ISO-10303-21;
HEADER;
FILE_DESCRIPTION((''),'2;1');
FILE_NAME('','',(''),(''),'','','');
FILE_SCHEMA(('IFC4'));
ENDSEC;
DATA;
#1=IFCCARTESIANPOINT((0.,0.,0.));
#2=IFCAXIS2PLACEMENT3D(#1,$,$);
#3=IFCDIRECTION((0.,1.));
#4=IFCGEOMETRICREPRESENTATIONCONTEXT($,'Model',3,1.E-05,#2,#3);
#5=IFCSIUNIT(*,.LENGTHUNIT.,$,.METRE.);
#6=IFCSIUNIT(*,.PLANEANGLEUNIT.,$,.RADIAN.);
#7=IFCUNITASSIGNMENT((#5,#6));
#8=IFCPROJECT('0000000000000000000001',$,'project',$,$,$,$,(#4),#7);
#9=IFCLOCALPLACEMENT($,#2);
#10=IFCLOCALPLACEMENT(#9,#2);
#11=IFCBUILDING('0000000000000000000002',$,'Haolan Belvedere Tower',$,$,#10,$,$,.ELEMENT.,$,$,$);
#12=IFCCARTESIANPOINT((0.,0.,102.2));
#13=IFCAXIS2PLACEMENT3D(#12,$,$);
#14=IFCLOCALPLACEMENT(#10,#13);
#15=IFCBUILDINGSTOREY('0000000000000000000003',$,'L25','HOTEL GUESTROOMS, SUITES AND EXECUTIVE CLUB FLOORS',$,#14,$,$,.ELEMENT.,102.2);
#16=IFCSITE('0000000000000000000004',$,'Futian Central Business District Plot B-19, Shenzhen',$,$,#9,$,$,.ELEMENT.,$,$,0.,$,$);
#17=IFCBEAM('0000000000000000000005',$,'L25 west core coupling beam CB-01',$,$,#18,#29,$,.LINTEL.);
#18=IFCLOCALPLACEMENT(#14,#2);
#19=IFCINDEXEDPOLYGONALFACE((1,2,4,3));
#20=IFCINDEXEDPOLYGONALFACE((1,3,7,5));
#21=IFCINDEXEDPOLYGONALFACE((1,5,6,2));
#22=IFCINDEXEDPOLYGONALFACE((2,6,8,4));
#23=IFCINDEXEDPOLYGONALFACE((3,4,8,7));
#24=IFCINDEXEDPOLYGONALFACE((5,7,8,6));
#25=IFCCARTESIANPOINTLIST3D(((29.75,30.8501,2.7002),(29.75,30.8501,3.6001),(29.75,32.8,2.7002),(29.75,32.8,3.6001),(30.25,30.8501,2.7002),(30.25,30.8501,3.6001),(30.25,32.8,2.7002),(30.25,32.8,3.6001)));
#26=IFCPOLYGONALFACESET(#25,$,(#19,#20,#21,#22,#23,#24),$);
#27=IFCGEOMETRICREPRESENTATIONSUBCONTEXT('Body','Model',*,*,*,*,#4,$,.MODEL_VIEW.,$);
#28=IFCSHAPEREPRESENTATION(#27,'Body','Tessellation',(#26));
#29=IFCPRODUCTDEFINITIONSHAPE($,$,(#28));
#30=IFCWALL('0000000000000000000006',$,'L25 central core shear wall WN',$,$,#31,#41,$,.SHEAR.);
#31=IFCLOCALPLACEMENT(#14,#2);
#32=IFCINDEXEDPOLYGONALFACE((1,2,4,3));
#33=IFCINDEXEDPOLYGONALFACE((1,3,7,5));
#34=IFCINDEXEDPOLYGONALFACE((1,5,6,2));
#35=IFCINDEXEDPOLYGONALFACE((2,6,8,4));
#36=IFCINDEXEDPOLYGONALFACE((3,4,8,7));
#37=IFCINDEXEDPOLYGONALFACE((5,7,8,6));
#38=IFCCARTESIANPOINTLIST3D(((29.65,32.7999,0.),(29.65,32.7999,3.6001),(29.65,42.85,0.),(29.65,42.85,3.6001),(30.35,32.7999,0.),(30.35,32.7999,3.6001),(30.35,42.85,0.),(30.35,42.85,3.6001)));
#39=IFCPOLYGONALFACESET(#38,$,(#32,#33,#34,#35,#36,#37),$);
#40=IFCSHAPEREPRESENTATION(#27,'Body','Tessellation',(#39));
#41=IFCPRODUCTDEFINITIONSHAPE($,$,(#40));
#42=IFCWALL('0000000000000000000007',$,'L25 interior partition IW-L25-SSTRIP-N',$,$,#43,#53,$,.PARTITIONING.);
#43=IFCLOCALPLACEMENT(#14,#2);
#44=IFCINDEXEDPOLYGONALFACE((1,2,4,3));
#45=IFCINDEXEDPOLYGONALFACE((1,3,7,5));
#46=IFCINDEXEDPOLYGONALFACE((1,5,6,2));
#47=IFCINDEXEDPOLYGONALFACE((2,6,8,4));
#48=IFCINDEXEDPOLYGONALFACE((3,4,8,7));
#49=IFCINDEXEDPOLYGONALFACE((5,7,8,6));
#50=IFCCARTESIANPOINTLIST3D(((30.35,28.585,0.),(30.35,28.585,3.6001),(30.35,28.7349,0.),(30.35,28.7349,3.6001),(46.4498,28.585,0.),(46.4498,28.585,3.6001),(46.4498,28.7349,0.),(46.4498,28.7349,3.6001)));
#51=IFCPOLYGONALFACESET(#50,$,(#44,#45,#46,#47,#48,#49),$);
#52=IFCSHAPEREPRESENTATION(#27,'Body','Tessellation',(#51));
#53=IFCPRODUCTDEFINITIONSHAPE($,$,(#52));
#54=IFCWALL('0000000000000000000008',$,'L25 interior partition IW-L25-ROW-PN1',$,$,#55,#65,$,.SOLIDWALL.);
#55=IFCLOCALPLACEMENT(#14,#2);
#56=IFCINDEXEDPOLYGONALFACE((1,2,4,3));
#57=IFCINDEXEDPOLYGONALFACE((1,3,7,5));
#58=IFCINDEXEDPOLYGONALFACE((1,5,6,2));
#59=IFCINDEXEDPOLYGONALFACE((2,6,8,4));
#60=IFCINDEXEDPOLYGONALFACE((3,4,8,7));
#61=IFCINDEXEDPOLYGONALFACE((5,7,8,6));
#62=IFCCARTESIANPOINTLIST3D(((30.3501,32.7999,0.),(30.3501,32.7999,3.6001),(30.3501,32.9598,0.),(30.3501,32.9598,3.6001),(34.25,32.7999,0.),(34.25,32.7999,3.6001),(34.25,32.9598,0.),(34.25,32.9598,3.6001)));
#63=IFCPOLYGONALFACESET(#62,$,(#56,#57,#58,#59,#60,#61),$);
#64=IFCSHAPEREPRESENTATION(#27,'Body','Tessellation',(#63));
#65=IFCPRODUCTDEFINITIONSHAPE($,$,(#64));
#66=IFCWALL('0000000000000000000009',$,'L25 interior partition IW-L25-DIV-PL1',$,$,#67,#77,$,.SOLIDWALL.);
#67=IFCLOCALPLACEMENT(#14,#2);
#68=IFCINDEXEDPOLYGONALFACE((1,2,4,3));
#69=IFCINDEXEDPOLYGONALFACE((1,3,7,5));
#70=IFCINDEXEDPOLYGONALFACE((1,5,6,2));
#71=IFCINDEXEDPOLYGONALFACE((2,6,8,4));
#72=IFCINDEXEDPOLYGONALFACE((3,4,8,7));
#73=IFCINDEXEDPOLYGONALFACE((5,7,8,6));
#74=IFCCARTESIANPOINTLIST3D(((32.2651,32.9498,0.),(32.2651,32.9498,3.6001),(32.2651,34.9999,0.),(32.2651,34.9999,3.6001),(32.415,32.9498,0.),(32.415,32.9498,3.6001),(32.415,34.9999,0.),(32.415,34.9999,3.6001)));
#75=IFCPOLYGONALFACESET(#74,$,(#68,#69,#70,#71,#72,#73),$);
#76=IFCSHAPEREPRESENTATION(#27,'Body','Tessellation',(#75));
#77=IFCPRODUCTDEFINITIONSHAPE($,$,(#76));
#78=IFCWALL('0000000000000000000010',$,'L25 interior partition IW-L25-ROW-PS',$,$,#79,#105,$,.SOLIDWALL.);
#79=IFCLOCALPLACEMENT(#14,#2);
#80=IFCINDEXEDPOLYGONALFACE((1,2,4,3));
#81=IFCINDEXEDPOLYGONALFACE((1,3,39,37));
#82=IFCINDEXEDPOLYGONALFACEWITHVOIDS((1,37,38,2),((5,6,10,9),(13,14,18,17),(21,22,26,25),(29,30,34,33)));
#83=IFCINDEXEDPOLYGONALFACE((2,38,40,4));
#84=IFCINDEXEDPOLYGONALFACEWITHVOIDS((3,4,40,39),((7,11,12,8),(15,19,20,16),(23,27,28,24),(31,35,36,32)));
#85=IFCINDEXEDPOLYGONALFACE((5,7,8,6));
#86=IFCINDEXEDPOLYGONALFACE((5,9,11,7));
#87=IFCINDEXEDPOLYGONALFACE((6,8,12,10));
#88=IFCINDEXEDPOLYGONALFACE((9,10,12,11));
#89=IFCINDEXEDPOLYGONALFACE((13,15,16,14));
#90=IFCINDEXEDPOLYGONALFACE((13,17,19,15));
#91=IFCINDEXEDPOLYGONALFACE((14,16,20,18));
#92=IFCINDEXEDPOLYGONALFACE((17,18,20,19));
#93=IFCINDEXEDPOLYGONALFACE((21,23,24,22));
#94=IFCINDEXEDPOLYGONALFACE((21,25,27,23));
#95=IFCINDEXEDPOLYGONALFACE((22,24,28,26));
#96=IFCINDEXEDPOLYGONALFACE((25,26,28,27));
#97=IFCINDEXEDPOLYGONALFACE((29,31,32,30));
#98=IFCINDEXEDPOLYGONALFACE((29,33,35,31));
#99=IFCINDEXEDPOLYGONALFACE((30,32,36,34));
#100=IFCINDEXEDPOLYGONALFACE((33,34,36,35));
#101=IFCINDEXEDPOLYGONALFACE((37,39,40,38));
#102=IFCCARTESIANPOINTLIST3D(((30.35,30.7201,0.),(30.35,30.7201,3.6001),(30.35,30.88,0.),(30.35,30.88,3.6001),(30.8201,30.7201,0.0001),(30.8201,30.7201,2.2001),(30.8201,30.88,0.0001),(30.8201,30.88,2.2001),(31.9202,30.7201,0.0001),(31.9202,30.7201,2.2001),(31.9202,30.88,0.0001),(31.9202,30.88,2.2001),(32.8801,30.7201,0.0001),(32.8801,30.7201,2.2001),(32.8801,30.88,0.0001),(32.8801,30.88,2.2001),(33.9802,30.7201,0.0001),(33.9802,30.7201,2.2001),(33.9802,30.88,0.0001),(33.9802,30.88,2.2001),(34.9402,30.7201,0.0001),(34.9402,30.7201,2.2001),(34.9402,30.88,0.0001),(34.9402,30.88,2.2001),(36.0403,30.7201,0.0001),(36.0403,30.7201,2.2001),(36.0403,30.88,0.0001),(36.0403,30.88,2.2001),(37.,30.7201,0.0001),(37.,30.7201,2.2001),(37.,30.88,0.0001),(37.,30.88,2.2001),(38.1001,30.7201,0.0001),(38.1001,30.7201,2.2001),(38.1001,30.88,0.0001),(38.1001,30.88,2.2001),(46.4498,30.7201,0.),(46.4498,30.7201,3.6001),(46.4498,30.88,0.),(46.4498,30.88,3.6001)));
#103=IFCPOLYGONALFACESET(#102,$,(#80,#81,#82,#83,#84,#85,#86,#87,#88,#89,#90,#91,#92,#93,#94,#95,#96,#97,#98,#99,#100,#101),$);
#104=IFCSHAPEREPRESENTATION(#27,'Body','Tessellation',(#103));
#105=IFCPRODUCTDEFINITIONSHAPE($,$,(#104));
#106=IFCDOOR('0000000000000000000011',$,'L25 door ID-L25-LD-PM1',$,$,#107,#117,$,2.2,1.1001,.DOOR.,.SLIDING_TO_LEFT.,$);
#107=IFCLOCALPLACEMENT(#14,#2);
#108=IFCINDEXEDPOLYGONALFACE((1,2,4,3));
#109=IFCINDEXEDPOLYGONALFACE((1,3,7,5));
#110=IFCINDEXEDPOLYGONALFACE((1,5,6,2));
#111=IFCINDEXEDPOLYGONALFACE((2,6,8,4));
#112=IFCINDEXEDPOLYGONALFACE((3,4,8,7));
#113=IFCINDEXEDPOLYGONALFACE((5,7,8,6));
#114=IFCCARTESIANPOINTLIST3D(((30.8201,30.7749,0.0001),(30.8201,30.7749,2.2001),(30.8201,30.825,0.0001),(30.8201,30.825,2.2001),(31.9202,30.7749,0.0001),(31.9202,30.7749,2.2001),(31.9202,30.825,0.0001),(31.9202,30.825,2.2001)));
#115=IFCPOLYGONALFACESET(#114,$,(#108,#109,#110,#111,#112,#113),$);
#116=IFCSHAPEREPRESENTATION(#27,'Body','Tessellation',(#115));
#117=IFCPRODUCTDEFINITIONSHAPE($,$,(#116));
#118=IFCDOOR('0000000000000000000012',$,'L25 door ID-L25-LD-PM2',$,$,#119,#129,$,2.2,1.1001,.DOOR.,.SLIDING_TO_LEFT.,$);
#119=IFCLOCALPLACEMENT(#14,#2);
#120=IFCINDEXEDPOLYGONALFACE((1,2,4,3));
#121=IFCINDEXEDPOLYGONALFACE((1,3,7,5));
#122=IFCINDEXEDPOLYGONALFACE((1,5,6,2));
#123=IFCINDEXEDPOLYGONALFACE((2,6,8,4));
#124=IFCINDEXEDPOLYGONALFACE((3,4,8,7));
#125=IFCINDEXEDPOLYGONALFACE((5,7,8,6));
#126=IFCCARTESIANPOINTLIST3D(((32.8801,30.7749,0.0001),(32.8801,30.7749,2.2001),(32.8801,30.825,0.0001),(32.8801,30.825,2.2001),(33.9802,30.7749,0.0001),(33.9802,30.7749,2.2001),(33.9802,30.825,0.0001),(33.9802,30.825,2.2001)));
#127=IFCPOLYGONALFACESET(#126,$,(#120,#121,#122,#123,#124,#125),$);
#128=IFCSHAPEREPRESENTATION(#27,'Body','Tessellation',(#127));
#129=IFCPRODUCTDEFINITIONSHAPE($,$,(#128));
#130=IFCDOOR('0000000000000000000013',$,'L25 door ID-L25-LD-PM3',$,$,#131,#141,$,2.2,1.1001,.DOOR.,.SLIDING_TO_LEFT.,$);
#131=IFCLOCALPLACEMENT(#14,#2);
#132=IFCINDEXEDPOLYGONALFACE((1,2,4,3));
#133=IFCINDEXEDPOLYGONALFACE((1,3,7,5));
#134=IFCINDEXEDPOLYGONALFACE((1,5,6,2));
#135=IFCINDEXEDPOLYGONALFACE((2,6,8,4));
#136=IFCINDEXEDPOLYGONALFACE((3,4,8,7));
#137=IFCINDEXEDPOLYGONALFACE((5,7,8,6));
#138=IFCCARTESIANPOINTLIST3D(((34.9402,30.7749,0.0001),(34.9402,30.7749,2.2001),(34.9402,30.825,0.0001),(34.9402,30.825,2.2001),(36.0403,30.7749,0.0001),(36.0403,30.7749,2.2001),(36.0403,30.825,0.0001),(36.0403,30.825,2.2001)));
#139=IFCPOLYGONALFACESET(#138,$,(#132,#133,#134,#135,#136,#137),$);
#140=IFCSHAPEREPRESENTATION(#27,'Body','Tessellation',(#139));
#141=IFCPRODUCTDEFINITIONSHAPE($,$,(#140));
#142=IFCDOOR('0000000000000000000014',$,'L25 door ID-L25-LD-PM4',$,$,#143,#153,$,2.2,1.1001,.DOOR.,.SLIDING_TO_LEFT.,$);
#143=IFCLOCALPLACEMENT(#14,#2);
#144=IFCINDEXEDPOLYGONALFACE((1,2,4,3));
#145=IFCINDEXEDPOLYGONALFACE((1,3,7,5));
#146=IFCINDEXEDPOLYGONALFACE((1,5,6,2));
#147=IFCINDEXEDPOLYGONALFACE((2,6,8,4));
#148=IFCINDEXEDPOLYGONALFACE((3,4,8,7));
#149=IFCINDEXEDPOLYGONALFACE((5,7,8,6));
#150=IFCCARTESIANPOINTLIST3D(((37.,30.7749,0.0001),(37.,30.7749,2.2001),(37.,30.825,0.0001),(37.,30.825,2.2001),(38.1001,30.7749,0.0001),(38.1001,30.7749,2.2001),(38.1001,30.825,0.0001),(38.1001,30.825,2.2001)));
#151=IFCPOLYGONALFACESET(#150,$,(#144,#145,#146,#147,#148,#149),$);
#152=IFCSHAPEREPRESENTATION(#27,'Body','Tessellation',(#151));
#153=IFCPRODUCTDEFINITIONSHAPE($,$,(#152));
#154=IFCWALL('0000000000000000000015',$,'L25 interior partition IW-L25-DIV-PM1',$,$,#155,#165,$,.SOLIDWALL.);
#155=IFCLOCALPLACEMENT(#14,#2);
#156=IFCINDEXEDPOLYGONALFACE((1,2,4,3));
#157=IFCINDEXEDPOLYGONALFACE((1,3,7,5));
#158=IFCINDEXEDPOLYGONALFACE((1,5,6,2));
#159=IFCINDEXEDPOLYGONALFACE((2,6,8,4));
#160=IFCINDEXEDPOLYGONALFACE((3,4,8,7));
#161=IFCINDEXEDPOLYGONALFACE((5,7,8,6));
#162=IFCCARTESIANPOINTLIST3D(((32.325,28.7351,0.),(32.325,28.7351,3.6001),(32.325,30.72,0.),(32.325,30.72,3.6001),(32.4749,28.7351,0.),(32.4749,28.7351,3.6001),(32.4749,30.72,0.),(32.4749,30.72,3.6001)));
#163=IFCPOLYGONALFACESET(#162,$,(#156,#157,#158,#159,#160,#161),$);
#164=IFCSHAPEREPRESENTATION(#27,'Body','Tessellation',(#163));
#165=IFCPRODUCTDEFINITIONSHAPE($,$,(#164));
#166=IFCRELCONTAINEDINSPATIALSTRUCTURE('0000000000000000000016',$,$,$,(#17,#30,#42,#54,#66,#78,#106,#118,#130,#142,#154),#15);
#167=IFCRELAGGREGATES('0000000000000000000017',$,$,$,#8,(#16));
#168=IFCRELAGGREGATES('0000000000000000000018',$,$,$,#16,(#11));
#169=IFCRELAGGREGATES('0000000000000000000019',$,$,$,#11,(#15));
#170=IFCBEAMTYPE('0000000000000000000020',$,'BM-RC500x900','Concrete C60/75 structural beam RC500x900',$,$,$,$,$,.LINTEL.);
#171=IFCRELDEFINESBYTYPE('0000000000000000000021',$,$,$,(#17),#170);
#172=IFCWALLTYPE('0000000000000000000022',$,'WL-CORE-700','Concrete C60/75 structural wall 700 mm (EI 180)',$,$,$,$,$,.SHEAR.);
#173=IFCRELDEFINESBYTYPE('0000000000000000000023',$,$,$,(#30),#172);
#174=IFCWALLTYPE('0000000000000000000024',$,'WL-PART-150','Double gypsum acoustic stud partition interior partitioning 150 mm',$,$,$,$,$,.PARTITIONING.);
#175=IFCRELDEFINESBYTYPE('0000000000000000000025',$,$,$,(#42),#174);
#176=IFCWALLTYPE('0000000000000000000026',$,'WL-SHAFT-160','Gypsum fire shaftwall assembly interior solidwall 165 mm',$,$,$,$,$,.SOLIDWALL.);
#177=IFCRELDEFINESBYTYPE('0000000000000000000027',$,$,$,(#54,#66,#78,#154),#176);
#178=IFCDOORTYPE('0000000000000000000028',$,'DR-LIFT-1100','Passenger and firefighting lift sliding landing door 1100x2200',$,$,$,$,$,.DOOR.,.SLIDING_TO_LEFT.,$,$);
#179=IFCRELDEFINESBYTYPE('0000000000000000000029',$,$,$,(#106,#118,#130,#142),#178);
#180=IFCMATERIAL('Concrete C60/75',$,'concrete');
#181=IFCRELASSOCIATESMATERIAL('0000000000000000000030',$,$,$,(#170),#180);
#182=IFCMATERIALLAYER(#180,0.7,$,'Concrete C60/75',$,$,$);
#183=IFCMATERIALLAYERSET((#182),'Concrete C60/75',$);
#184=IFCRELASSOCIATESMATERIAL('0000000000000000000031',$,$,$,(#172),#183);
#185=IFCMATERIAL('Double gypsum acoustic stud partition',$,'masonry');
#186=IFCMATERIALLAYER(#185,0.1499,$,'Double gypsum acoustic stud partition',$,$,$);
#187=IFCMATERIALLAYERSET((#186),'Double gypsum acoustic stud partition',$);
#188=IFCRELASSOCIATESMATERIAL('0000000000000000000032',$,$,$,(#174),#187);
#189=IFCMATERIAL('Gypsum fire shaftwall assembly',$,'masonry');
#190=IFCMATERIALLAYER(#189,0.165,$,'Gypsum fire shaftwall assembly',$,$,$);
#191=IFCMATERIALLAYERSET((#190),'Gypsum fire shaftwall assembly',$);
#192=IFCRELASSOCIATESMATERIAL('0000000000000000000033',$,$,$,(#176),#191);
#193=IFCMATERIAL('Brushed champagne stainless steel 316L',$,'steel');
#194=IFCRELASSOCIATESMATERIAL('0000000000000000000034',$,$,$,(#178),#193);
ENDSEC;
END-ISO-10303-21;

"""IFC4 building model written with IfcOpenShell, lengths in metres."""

from ifc_helpers import new_model, si_unit, direction, frame, frame_2d, origin, origin_2d, place, context, subcontext, project, spatial, rectangle, extrude, material, layer, layer_set, material_profile, profile_set, type_object, element, fill, save


model = new_model("IFC4")

# Units and contexts
model_context = context("Model", 3, precision=1e-05, world=origin(), true_north=direction((0.0, 1.0)))
body_context = subcontext(model_context, "Body", "Model", "MODEL_VIEW")
ifc_project = project(units=[si_unit("LENGTHUNIT", "METRE"), si_unit("PLANEANGLEUNIT", "RADIAN")], contexts=[model_context])

# Site, building, storey
site_placement = place(None, origin())
site = spatial("IfcSite", under=ifc_project, at=site_placement, Name="Futian Central Business District Plot B-19, Shenzhen", CompositionType="ELEMENT", RefElevation=0.0)
building_placement = place(site_placement, origin())
building = spatial("IfcBuilding", under=site, at=building_placement, Name="Haolan Belvedere Tower", CompositionType="ELEMENT")
storey_placement = place(building_placement, frame((0.0, 0.0, 102.2)))
storey = spatial("IfcBuildingStorey", under=building, at=storey_placement, Name="L25", Description="HOTEL GUESTROOMS, SUITES AND EXECUTIVE CLUB FLOORS", CompositionType="ELEMENT", Elevation=102.2)

# Beam
ifc_material_1 = material(Name="Concrete C60/75", Category="concrete")
ifc_material_profile = material_profile(ifc_material_1, rectangle(XDim=0.5, YDim=0.8999, at=origin_2d()), Name="Concrete C60/75")
ifc_profile_set = profile_set([ifc_material_profile], Name="Concrete C60/75")
beam_type = type_object("IfcBeamType", Name="BM-RC500x900", Description="Concrete C60/75 structural beam RC500x900", PredefinedType="LINTEL", material=ifc_profile_set)
beam_placement = place(storey_placement, frame((30.0, 30.8501, 3.1501), z_axis=(0.0, 1.0, 0.0), x_axis=(-1.0, 0.0, 0.0)))
element("IfcBeam", 1, at=beam_placement, inside=storey, type_object=beam_type, Name="L25 west core coupling beam CB-01", PredefinedType="LINTEL", context=body_context, shape_type="SweptSolid", body=[
    extrude(rectangle(XDim=0.5, YDim=0.8999, at=origin_2d()), origin(), (0.0, 0.0, 1.0), 1.95),
])

# Walls
ifc_layer_1 = layer(ifc_material_1, 0.7, Name="Concrete C60/75")
ifc_layer_set_1 = layer_set([ifc_layer_1], Name="Concrete C60/75")
wall_type_1 = type_object("IfcWallType", Name="WL-CORE-700", Description="Concrete C60/75 structural wall 700 mm (EI 180)", PredefinedType="SHEAR", material=ifc_layer_set_1)
wall_1_placement = place(storey_placement, frame((30.0, 32.8, 0.0), z_axis=(0.0, 0.0, 1.0), x_axis=(0.0, 1.0, 0.0)))
element("IfcWall", 2, at=wall_1_placement, inside=storey, type_object=wall_type_1, Name="L25 central core shear wall WN", PredefinedType="SHEAR", context=body_context, shape_type="SweptSolid", body=[
    extrude(rectangle(XDim=10.05, YDim=0.7, at=frame_2d((5.0249, 0.0))), origin(), (0.0, 0.0, 1.0), 3.6001),
])
ifc_material_2 = material(Name="Double gypsum acoustic stud partition", Category="masonry")
ifc_layer_2 = layer(ifc_material_2, 0.1499, Name="Double gypsum acoustic stud partition")
ifc_layer_set_2 = layer_set([ifc_layer_2], Name="Double gypsum acoustic stud partition")
wall_type_2 = type_object("IfcWallType", Name="WL-PART-150", Description="Double gypsum acoustic stud partition interior partitioning 150 mm", PredefinedType="PARTITIONING", material=ifc_layer_set_2)
wall_2_placement = place(storey_placement, frame((30.3501, 28.6599, 0.0), z_axis=(0.0, 0.0, 1.0), x_axis=(1.0, 0.0, 0.0)))
element("IfcWall", 3, at=wall_2_placement, inside=storey, type_object=wall_type_2, Name="L25 interior partition IW-L25-SSTRIP-N", PredefinedType="PARTITIONING", context=body_context, shape_type="SweptSolid", body=[
    extrude(rectangle(XDim=16.0999, YDim=0.1499, at=frame_2d((8.0498, 0.0))), origin(), (0.0, 0.0, 1.0), 3.6001),
])

# Walls
ifc_material_3 = material(Name="Gypsum fire shaftwall assembly", Category="masonry")
ifc_layer_3 = layer(ifc_material_3, 0.165, Name="Gypsum fire shaftwall assembly")
ifc_layer_set_3 = layer_set([ifc_layer_3], Name="Gypsum fire shaftwall assembly")
wall_type_3 = type_object("IfcWallType", Name="WL-SHAFT-160", Description="Gypsum fire shaftwall assembly interior solidwall 165 mm", PredefinedType="SOLIDWALL", material=ifc_layer_set_3)
wall_3_placement = place(storey_placement, frame((30.3501, 32.8799, 0.0), z_axis=(0.0, 0.0, 1.0), x_axis=(1.0, 0.0, 0.0)))
element("IfcWall", 4, at=wall_3_placement, inside=storey, type_object=wall_type_3, Name="L25 interior partition IW-L25-ROW-PN1", PredefinedType="SOLIDWALL", context=body_context, shape_type="SweptSolid", body=[
    extrude(rectangle(XDim=3.8999, YDim=0.1599, at=frame_2d((1.95, 0.0))), origin(), (0.0, 0.0, 1.0), 3.6001),
])
wall_4_placement = place(storey_placement, frame((32.3401, 32.95, 0.0), z_axis=(0.0, 0.0, 1.0), x_axis=(0.0, 1.0, 0.0)))
element("IfcWall", 5, at=wall_4_placement, inside=storey, type_object=wall_type_3, Name="L25 interior partition IW-L25-DIV-PL1", PredefinedType="SOLIDWALL", context=body_context, shape_type="SweptSolid", body=[
    extrude(rectangle(XDim=2.05, YDim=0.1499, at=frame_2d((1.0249, 0.0))), origin(), (0.0, 0.0, 1.0), 3.6001),
])

# Wall, openings, doors
wall_5_placement = place(storey_placement, frame((30.3501, 30.8, 0.0), z_axis=(0.0, 0.0, 1.0), x_axis=(1.0, 0.0, 0.0)))
wall_5 = element("IfcWall", 6, at=wall_5_placement, inside=storey, type_object=wall_type_3, Name="L25 interior partition IW-L25-ROW-PS", PredefinedType="SOLIDWALL", context=body_context, shape_type="SweptSolid", body=[
    extrude(rectangle(XDim=16.0999, YDim=0.1599, at=frame_2d((8.0498, 0.0))), origin(), (0.0, 0.0, 1.0), 3.6001),
])
opening_1_placement = place(wall_5_placement, frame((0.47, 0.0, 0.0)))
opening_1 = element("IfcOpeningElement", 7, at=opening_1_placement, cuts=wall_5, PredefinedType="OPENING", context=body_context, shape_type="SweptSolid", body=[
    extrude(rectangle(XDim=1.1001, YDim=2.2, at=frame_2d((0.55, 1.1001))), frame((0.0, 0.0898, 0.0), z_axis=(0.0, -1.0, 0.0), x_axis=(1.0, 0.0, 0.0)), (0.0, 0.0, 1.0), 0.1799),
])
opening_2_placement = place(wall_5_placement, frame((2.53, 0.0, 0.0)))
opening_2 = element("IfcOpeningElement", 8, at=opening_2_placement, cuts=wall_5, PredefinedType="OPENING", context=body_context, shape_type="SweptSolid", body=[
    extrude(rectangle(XDim=1.1001, YDim=2.2, at=frame_2d((0.55, 1.1001))), frame((0.0, 0.0898, 0.0), z_axis=(0.0, -1.0, 0.0), x_axis=(1.0, 0.0, 0.0)), (0.0, 0.0, 1.0), 0.1799),
])
opening_3_placement = place(wall_5_placement, frame((4.5901, 0.0, 0.0)))
opening_3 = element("IfcOpeningElement", 9, at=opening_3_placement, cuts=wall_5, PredefinedType="OPENING", context=body_context, shape_type="SweptSolid", body=[
    extrude(rectangle(XDim=1.1001, YDim=2.2, at=frame_2d((0.55, 1.1001))), frame((0.0, 0.0898, 0.0), z_axis=(0.0, -1.0, 0.0), x_axis=(1.0, 0.0, 0.0)), (0.0, 0.0, 1.0), 0.1799),
])
opening_4_placement = place(wall_5_placement, frame((6.6499, 0.0, 0.0)))
opening_4 = element("IfcOpeningElement", 10, at=opening_4_placement, cuts=wall_5, PredefinedType="OPENING", context=body_context, shape_type="SweptSolid", body=[
    extrude(rectangle(XDim=1.1001, YDim=2.2, at=frame_2d((0.55, 1.1001))), frame((0.0, 0.0898, 0.0), z_axis=(0.0, -1.0, 0.0), x_axis=(1.0, 0.0, 0.0)), (0.0, 0.0, 1.0), 0.1799),
])
ifc_material_4 = material(Name="Brushed champagne stainless steel 316L", Category="steel")
door_type_1 = type_object("IfcDoorType", Name="DR-LIFT-1100", Description="Passenger and firefighting lift sliding landing door 1100x2200", OperationType="SLIDING_TO_LEFT", PredefinedType="DOOR", material=ifc_material_4)
door_1_placement = place(opening_1_placement, origin())
door_1 = element("IfcDoor", 11, at=door_1_placement, inside=storey, type_object=door_type_1, Name="L25 door ID-L25-LD-PM1", OperationType="SLIDING_TO_LEFT", OverallHeight=2.2, OverallWidth=1.1001, PredefinedType="DOOR", context=body_context, shape_type="SweptSolid", body=[
    extrude(rectangle(XDim=1.1001, YDim=2.2, at=frame_2d((0.55, 1.1001))), frame((0.0, 0.0249, 0.0), z_axis=(0.0, -1.0, 0.0), x_axis=(1.0, 0.0, 0.0)), (0.0, 0.0, 1.0), 0.05),
])
fill(opening_1, door_1)
door_2_placement = place(opening_2_placement, origin())
door_2 = element("IfcDoor", 12, at=door_2_placement, inside=storey, type_object=door_type_1, Name="L25 door ID-L25-LD-PM2", OperationType="SLIDING_TO_LEFT", OverallHeight=2.2, OverallWidth=1.1001, PredefinedType="DOOR", context=body_context, shape_type="SweptSolid", body=[
    extrude(rectangle(XDim=1.1001, YDim=2.2, at=frame_2d((0.55, 1.1001))), frame((0.0, 0.0249, 0.0), z_axis=(0.0, -1.0, 0.0), x_axis=(1.0, 0.0, 0.0)), (0.0, 0.0, 1.0), 0.05),
])
fill(opening_2, door_2)
door_3_placement = place(opening_3_placement, origin())
door_3 = element("IfcDoor", 13, at=door_3_placement, inside=storey, type_object=door_type_1, Name="L25 door ID-L25-LD-PM3", OperationType="SLIDING_TO_LEFT", OverallHeight=2.2, OverallWidth=1.1001, PredefinedType="DOOR", context=body_context, shape_type="SweptSolid", body=[
    extrude(rectangle(XDim=1.1001, YDim=2.2, at=frame_2d((0.55, 1.1001))), frame((0.0, 0.0249, 0.0), z_axis=(0.0, -1.0, 0.0), x_axis=(1.0, 0.0, 0.0)), (0.0, 0.0, 1.0), 0.05),
])
fill(opening_3, door_3)
door_4_placement = place(opening_4_placement, origin())
door_4 = element("IfcDoor", 14, at=door_4_placement, inside=storey, type_object=door_type_1, Name="L25 door ID-L25-LD-PM4", OperationType="SLIDING_TO_LEFT", OverallHeight=2.2, OverallWidth=1.1001, PredefinedType="DOOR", context=body_context, shape_type="SweptSolid", body=[
    extrude(rectangle(XDim=1.1001, YDim=2.2, at=frame_2d((0.55, 1.1001))), frame((0.0, 0.0249, 0.0), z_axis=(0.0, -1.0, 0.0), x_axis=(1.0, 0.0, 0.0)), (0.0, 0.0, 1.0), 0.05),
])
fill(opening_4, door_4)

# Wall
wall_6_placement = place(storey_placement, frame((32.3999, 28.7351, 0.0), z_axis=(0.0, 0.0, 1.0), x_axis=(0.0, 1.0, 0.0)))
element("IfcWall", 15, at=wall_6_placement, inside=storey, type_object=wall_type_3, Name="L25 interior partition IW-L25-DIV-PM1", PredefinedType="SOLIDWALL", context=body_context, shape_type="SweptSolid", body=[
    extrude(rectangle(XDim=1.9849, YDim=0.1499, at=frame_2d((0.9924, 0.0))), origin(), (0.0, 0.0, 1.0), 3.6001),
])

save(model, "model.ifc")
